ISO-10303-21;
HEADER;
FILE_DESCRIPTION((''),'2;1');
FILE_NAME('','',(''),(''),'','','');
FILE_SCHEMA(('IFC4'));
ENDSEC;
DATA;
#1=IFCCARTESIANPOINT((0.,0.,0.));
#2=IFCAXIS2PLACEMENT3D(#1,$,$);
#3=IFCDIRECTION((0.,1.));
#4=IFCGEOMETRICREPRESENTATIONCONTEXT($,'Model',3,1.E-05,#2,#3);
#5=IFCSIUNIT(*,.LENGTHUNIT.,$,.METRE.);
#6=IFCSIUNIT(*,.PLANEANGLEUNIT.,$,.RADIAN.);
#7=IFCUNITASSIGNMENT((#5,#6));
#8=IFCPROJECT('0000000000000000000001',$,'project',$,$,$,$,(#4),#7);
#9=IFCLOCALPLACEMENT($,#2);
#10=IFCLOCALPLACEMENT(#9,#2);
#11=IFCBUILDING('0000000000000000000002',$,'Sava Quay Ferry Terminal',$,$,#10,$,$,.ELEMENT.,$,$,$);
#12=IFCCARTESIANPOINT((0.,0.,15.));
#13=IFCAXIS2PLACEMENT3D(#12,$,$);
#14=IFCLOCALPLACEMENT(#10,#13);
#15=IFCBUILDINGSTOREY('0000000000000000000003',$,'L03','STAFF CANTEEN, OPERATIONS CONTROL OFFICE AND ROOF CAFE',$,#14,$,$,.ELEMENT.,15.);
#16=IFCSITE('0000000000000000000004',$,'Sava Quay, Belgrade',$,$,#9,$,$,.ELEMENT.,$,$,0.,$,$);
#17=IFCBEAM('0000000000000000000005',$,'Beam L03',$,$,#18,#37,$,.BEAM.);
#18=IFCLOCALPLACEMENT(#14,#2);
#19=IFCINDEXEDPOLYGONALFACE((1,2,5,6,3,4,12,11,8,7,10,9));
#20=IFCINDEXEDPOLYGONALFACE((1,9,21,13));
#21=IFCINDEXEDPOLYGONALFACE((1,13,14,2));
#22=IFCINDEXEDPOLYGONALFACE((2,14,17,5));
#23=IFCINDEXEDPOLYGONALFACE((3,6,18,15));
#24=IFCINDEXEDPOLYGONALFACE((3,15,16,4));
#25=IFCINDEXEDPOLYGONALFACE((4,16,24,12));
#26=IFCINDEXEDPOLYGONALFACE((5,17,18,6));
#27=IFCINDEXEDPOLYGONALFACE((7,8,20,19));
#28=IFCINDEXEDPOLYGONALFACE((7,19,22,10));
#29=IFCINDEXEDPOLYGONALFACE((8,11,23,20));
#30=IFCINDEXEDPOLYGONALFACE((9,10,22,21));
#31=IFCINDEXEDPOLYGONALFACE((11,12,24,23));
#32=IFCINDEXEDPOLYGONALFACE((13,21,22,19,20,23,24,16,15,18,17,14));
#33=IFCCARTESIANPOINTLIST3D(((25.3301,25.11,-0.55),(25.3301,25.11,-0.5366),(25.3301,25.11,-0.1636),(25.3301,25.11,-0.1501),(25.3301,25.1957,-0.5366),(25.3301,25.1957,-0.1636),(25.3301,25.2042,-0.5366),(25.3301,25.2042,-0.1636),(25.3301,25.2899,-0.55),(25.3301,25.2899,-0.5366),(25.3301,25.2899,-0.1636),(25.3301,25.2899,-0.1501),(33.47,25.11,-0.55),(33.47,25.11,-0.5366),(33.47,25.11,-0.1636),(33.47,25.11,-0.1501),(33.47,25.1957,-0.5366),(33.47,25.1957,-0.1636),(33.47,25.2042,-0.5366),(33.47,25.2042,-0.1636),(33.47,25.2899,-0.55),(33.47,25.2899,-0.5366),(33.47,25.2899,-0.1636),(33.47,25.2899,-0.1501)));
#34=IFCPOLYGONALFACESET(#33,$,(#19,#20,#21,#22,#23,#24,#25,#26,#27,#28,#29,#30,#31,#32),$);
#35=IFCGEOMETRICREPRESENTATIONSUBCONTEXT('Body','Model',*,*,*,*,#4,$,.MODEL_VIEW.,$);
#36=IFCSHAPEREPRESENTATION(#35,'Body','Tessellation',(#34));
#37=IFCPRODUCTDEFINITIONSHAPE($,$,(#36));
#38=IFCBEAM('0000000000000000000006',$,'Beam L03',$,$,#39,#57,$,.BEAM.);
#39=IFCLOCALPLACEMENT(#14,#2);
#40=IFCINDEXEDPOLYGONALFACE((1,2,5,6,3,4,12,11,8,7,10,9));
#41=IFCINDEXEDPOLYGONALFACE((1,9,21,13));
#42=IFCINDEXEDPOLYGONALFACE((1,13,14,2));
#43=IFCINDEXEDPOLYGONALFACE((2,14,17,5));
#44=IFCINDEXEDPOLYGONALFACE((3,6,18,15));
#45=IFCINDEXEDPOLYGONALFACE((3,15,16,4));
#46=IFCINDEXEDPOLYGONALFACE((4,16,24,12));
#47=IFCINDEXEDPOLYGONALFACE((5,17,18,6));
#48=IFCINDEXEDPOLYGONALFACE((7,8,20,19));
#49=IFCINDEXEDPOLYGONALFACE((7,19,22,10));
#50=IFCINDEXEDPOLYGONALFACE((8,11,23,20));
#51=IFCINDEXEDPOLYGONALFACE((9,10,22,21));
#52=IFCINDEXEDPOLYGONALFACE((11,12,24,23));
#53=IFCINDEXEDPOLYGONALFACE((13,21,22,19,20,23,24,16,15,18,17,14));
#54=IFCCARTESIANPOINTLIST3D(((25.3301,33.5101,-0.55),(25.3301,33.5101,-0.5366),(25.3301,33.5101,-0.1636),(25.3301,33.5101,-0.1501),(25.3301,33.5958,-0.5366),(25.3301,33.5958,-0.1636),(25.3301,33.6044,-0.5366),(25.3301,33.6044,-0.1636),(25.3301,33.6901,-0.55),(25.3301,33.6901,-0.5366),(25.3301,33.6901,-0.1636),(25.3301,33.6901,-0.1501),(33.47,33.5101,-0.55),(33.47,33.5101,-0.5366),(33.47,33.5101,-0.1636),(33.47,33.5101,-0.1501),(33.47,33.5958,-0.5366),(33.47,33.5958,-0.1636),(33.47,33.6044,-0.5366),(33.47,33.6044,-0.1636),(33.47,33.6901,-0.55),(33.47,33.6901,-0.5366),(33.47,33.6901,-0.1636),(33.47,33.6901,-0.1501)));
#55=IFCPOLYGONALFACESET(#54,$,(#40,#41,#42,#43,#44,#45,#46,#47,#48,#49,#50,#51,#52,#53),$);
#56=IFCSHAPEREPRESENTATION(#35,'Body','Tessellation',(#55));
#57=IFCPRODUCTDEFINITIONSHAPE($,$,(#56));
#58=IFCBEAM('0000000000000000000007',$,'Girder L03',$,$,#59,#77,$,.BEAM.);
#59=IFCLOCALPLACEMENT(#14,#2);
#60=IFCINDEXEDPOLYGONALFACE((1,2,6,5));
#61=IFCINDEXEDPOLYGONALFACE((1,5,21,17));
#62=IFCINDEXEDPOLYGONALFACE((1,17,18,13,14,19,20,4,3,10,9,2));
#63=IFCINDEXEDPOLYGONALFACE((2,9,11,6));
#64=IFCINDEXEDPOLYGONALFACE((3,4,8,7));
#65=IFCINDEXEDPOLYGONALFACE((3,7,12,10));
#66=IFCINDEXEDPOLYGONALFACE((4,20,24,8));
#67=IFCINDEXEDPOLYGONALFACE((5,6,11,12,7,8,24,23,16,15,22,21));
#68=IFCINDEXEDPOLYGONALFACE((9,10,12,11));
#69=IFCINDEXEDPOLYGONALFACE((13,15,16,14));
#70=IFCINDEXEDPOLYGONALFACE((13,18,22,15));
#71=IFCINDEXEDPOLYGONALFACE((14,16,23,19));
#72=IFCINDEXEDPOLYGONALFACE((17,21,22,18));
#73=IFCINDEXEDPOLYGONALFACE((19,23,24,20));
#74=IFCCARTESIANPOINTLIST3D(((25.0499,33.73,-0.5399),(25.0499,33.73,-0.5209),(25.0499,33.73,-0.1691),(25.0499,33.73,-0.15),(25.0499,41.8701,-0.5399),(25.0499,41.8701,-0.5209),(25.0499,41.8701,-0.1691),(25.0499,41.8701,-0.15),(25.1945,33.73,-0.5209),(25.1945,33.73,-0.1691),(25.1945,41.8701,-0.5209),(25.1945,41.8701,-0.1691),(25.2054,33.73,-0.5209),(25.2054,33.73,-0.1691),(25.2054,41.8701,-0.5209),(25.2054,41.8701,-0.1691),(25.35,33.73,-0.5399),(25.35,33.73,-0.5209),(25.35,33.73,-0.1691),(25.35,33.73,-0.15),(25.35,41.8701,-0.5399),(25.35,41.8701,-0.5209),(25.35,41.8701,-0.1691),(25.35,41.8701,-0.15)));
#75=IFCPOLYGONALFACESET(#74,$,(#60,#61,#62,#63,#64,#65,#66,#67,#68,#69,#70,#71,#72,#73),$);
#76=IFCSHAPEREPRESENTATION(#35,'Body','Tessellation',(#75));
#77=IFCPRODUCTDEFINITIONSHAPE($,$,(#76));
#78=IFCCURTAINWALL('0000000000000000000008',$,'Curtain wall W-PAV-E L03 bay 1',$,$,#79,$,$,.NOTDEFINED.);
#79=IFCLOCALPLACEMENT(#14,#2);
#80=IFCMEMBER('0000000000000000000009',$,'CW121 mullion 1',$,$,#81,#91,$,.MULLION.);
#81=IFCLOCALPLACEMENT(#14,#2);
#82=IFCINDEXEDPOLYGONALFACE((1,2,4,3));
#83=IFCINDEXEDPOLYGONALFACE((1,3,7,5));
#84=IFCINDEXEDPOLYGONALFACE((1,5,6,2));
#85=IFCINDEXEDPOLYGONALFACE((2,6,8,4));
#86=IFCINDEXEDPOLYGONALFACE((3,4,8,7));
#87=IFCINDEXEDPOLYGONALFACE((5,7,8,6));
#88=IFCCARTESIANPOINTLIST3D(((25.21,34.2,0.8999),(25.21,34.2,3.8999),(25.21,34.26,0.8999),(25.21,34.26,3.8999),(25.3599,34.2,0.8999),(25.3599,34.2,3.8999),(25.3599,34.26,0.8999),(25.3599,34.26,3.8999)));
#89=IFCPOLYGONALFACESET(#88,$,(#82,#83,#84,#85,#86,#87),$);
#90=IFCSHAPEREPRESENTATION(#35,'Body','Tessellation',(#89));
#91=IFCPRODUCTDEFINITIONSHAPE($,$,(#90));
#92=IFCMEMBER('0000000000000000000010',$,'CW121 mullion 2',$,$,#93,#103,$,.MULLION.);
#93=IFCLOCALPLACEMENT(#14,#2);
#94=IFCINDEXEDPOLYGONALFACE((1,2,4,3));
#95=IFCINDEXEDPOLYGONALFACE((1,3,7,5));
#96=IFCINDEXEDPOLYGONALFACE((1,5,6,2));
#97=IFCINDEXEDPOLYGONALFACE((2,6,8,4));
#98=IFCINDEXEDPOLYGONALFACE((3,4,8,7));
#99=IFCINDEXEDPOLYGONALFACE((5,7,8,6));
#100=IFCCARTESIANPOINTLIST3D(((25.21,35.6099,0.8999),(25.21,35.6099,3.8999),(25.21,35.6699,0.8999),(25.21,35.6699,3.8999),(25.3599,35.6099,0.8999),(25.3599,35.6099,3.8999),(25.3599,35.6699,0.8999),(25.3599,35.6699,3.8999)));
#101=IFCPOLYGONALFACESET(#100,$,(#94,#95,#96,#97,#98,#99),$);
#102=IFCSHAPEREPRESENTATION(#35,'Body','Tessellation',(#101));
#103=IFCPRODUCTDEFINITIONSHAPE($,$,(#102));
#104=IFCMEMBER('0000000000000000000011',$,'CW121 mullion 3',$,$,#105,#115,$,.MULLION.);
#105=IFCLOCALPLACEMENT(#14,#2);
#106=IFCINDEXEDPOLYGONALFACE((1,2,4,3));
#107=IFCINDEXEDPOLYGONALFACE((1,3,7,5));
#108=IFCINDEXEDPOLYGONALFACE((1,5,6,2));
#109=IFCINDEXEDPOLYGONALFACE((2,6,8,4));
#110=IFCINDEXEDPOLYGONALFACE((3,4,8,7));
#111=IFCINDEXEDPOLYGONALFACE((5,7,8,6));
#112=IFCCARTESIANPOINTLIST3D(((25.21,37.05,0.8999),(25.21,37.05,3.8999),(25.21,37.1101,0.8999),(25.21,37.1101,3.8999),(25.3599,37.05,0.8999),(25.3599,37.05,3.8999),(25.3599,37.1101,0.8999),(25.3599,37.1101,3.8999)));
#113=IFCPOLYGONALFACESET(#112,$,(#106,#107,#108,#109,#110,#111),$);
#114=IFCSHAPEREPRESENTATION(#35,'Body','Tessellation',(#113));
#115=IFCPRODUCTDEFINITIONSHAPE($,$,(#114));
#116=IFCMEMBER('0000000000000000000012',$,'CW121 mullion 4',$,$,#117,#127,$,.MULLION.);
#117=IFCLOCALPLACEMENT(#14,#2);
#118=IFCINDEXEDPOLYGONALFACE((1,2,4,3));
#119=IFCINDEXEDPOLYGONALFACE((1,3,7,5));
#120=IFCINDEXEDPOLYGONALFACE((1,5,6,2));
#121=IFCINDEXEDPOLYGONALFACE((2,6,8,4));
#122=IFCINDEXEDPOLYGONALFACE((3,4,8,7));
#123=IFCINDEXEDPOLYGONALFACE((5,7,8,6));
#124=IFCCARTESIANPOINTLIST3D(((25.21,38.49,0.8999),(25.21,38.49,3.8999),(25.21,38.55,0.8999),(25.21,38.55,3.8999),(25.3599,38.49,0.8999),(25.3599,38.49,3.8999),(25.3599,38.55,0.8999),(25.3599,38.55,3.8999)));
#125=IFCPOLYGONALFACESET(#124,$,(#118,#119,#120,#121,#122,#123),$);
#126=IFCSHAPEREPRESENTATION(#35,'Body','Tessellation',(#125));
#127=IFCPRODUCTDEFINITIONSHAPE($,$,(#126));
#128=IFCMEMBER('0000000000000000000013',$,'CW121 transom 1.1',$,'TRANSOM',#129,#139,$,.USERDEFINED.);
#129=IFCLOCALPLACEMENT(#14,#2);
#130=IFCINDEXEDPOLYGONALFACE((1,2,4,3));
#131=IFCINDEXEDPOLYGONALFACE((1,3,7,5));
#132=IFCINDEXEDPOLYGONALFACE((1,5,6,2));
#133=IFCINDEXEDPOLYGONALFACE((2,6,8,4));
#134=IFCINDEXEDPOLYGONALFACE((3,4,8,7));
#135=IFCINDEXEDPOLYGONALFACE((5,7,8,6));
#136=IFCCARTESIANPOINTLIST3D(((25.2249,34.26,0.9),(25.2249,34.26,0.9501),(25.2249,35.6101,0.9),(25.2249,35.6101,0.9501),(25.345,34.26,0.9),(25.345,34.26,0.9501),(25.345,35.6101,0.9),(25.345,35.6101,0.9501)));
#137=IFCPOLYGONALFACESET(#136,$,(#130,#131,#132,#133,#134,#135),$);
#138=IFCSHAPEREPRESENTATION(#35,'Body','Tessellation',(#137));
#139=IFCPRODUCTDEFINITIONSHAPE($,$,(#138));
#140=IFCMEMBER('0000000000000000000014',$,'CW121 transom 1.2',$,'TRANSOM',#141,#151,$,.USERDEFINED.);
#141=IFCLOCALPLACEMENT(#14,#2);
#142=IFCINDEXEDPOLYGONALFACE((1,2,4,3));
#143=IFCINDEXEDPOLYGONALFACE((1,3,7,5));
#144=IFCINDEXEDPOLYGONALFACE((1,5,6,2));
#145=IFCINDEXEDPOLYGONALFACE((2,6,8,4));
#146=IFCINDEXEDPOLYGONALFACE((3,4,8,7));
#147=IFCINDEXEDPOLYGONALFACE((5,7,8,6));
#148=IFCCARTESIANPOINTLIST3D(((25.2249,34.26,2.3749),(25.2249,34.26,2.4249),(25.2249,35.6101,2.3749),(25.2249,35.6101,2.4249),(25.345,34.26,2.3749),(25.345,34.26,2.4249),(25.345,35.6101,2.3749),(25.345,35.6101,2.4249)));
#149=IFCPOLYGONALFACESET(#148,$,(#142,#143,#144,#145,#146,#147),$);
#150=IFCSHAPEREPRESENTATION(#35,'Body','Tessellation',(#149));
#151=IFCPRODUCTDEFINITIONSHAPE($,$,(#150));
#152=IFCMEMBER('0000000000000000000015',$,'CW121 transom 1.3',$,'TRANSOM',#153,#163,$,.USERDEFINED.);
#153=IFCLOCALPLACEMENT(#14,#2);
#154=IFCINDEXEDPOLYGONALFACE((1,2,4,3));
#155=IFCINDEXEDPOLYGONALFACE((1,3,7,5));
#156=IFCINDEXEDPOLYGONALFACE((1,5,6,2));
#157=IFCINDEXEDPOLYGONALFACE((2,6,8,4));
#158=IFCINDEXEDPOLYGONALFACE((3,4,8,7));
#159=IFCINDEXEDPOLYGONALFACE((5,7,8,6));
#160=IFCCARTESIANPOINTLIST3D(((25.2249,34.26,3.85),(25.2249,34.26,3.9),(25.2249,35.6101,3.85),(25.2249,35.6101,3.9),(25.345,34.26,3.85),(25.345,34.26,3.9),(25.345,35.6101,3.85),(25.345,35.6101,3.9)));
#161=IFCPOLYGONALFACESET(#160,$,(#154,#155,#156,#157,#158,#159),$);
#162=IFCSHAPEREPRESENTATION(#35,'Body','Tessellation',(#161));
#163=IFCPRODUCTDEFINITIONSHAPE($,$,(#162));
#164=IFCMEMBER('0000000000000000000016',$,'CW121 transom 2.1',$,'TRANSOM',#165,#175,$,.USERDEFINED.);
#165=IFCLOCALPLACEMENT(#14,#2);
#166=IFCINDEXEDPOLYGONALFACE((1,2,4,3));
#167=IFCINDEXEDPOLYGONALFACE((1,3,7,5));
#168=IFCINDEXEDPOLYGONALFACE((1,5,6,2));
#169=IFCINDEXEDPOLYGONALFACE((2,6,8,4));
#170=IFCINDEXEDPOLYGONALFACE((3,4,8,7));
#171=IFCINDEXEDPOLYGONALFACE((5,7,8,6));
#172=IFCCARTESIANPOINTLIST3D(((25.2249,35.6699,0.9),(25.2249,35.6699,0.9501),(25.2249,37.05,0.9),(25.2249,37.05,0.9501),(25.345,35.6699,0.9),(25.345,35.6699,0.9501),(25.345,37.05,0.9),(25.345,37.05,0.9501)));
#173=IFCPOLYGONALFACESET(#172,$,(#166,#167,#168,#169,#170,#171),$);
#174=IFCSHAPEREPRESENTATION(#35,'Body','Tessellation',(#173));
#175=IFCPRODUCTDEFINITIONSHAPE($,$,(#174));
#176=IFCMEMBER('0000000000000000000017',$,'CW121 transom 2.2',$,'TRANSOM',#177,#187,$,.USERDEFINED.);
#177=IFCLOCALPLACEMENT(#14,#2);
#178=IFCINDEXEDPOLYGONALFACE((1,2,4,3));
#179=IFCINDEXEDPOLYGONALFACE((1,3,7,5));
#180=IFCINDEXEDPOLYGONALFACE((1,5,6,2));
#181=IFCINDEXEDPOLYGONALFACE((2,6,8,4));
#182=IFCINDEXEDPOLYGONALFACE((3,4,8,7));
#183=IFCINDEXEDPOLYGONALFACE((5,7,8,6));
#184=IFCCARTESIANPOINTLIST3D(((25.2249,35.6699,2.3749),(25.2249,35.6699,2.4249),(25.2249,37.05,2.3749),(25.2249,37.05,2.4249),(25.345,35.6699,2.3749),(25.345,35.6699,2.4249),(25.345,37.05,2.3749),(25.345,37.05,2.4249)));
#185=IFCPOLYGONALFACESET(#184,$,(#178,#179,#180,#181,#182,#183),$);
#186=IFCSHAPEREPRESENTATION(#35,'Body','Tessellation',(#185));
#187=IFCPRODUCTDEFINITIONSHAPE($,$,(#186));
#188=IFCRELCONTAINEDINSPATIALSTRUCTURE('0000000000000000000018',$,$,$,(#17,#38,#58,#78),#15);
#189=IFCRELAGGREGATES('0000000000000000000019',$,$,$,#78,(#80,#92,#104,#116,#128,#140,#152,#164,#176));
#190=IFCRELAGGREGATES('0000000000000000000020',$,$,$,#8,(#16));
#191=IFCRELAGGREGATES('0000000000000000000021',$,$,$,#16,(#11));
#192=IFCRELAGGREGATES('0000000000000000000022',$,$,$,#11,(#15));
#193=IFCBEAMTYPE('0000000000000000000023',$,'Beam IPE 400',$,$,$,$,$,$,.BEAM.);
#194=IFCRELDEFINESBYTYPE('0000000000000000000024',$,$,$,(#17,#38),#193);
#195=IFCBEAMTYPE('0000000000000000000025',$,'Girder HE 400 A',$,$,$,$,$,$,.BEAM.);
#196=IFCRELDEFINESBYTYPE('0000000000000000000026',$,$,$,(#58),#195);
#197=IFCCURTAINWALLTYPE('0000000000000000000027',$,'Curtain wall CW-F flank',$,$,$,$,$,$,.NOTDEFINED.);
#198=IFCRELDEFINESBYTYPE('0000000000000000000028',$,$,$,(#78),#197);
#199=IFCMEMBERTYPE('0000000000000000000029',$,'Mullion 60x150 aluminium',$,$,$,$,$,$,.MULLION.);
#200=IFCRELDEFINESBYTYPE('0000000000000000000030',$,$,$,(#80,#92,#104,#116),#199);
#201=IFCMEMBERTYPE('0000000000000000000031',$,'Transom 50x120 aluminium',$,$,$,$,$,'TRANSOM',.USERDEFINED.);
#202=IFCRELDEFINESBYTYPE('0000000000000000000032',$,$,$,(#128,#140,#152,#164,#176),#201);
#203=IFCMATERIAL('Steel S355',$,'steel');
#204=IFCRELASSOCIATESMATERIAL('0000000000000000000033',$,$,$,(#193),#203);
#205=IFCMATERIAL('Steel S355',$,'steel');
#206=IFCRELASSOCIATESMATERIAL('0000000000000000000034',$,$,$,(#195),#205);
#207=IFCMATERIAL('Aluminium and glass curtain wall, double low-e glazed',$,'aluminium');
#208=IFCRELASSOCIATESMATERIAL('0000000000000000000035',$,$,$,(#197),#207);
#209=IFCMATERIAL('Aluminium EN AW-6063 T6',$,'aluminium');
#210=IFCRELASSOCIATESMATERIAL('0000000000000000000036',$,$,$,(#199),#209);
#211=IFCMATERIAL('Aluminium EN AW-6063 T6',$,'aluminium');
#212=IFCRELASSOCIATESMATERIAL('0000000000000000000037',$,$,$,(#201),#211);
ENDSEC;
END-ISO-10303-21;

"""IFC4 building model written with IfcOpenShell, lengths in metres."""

from ifc_helpers import new_model, si_unit, direction, frame, origin, origin_2d, place, context, subcontext, project, spatial, rectangle, i_section, extrude, material, material_profile, profile_set, type_object, element, aggregate, save


model = new_model("IFC4")

# Units and contexts
model_context = context("Model", 3, precision=1e-05, world=origin(), true_north=direction((0.0, 1.0)))
body_context = subcontext(model_context, "Body", "Model", "MODEL_VIEW")
ifc_project = project(units=[si_unit("LENGTHUNIT", "METRE"), si_unit("PLANEANGLEUNIT", "RADIAN")], contexts=[model_context])

# Site, building, storey
site_placement = place(None, origin())
site = spatial("IfcSite", under=ifc_project, at=site_placement, Name="Sava Quay, Belgrade", CompositionType="ELEMENT", RefElevation=0.0)
building_placement = place(site_placement, origin())
building = spatial("IfcBuilding", under=site, at=building_placement, Name="Sava Quay Ferry Terminal", CompositionType="ELEMENT")
storey_placement = place(building_placement, frame((0.0, 0.0, 15.0)))
storey = spatial("IfcBuildingStorey", under=building, at=storey_placement, Name="L03", Description="STAFF CANTEEN, OPERATIONS CONTROL OFFICE AND ROOF CAFE", CompositionType="ELEMENT", Elevation=15.0)

# Beams
ifc_material_1 = material(Name="Steel S355", Category="steel")
ifc_material_profile_1 = material_profile(ifc_material_1, i_section(OverallWidth=0.1799, OverallDepth=0.3999, WebThickness=0.0085, FlangeThickness=0.0134, at=origin_2d()), Name="IPE 400")
ifc_profile_set_1 = profile_set([ifc_material_profile_1], Name="Steel S355")
beam_type_1 = type_object("IfcBeamType", Name="Beam IPE 400", PredefinedType="BEAM", material=ifc_profile_set_1)
for number, where, z_axis, x_axis, name in (
    (1, (25.3301, 25.2, -0.3501), (1.0, 0.0, 0.0), (0.0, 1.0, 0.0), "Beam L03"),
    (2, (25.3301, 33.6001, -0.3501), (1.0, 0.0, 0.0), (0.0, 1.0, 0.0), "Beam L03"),
):
    element("IfcBeam", number, at=place(storey_placement, frame(where, z_axis=z_axis, x_axis=x_axis)), inside=storey, type_object=beam_type_1, Name=name, PredefinedType="BEAM", context=body_context, shape_type="SweptSolid", body=[
        extrude(i_section(OverallWidth=0.1799, OverallDepth=0.3999, WebThickness=0.0085, FlangeThickness=0.0134, at=origin_2d()), origin(), (0.0, 0.0, 1.0), 8.1399),
    ])
ifc_material_2 = material(Name="Steel S355", Category="steel")
ifc_material_profile_2 = material_profile(ifc_material_2, i_section(OverallWidth=0.3, OverallDepth=0.3899, WebThickness=0.011, FlangeThickness=0.019, at=origin_2d()), Name="HE 400 A")
ifc_profile_set_2 = profile_set([ifc_material_profile_2], Name="Steel S355")
beam_type_2 = type_object("IfcBeamType", Name="Girder HE 400 A", PredefinedType="BEAM", material=ifc_profile_set_2)
beam_placement = place(storey_placement, frame((25.2, 33.73, -0.345), z_axis=(0.0, 1.0, 0.0), x_axis=(-1.0, 0.0, 0.0)))
element("IfcBeam", 3, at=beam_placement, inside=storey, type_object=beam_type_2, Name="Girder L03", PredefinedType="BEAM", context=body_context, shape_type="SweptSolid", body=[
    extrude(i_section(OverallWidth=0.3, OverallDepth=0.3899, WebThickness=0.011, FlangeThickness=0.019, at=origin_2d()), origin(), (0.0, 0.0, 1.0), 8.1401),
])

# Curtain wall, members
ifc_material_3 = material(Name="Aluminium and glass curtain wall, double low-e glazed", Category="aluminium")
curtain_wall_type = type_object("IfcCurtainWallType", Name="Curtain wall CW-F flank", PredefinedType="NOTDEFINED", material=ifc_material_3)
curtain_wall_placement = place(storey_placement, origin())
curtain_wall = element("IfcCurtainWall", 4, at=curtain_wall_placement, inside=storey, type_object=curtain_wall_type, Name="Curtain wall W-PAV-E L03 bay 1", PredefinedType="NOTDEFINED")
ifc_material_4 = material(Name="Aluminium EN AW-6063 T6", Category="aluminium")
ifc_material_profile_3 = material_profile(ifc_material_4, rectangle(XDim=0.1499, YDim=0.0601, at=origin_2d()), Name="Mullion 60x150 aluminium")
ifc_profile_set_3 = profile_set([ifc_material_profile_3], Name="Aluminium EN AW-6063 T6")
member_type_1 = type_object("IfcMemberType", Name="Mullion 60x150 aluminium", PredefinedType="MULLION", material=ifc_profile_set_3)
member_1_placement = place(storey_placement, frame((25.2849, 34.23, 0.8999), z_axis=(0.0, 0.0, 1.0), x_axis=(-1.0, 0.0, 0.0)))
member_1 = element("IfcMember", 5, at=member_1_placement, type_object=member_type_1, Name="CW121 mullion 1", PredefinedType="MULLION", context=body_context, shape_type="SweptSolid", body=[
    extrude(rectangle(XDim=0.1499, YDim=0.0601, at=origin_2d()), origin(), (0.0, 0.0, 1.0), 3.0),
])
member_2_placement = place(storey_placement, frame((25.2849, 35.6399, 0.8999), z_axis=(0.0, 0.0, 1.0), x_axis=(-1.0, 0.0, 0.0)))
member_2 = element("IfcMember", 6, at=member_2_placement, type_object=member_type_1, Name="CW121 mullion 2", PredefinedType="MULLION", context=body_context, shape_type="SweptSolid", body=[
    extrude(rectangle(XDim=0.1499, YDim=0.0601, at=origin_2d()), origin(), (0.0, 0.0, 1.0), 3.0),
])
member_3_placement = place(storey_placement, frame((25.2849, 37.0801, 0.8999), z_axis=(0.0, 0.0, 1.0), x_axis=(-1.0, 0.0, 0.0)))
member_3 = element("IfcMember", 7, at=member_3_placement, type_object=member_type_1, Name="CW121 mullion 3", PredefinedType="MULLION", context=body_context, shape_type="SweptSolid", body=[
    extrude(rectangle(XDim=0.1499, YDim=0.0601, at=origin_2d()), origin(), (0.0, 0.0, 1.0), 3.0),
])
member_4_placement = place(storey_placement, frame((25.2849, 38.52, 0.8999), z_axis=(0.0, 0.0, 1.0), x_axis=(-1.0, 0.0, 0.0)))
member_4 = element("IfcMember", 8, at=member_4_placement, type_object=member_type_1, Name="CW121 mullion 4", PredefinedType="MULLION", context=body_context, shape_type="SweptSolid", body=[
    extrude(rectangle(XDim=0.1499, YDim=0.0601, at=origin_2d()), origin(), (0.0, 0.0, 1.0), 3.0),
])
ifc_material_5 = material(Name="Aluminium EN AW-6063 T6", Category="aluminium")
ifc_material_profile_4 = material_profile(ifc_material_5, rectangle(XDim=0.1201, YDim=0.05, at=origin_2d()), Name="Transom 50x120 aluminium")
ifc_profile_set_4 = profile_set([ifc_material_profile_4], Name="Aluminium EN AW-6063 T6")
member_type_2 = type_object("IfcMemberType", Name="Transom 50x120 aluminium", ElementType="TRANSOM", PredefinedType="USERDEFINED", material=ifc_profile_set_4)
member_5_placement = place(storey_placement, frame((25.2849, 34.26, 0.925), z_axis=(0.0, 1.0, 0.0), x_axis=(-1.0, 0.0, 0.0)))
member_5 = element("IfcMember", 9, at=member_5_placement, type_object=member_type_2, Name="CW121 transom 1.1", ObjectType="TRANSOM", PredefinedType="USERDEFINED", context=body_context, shape_type="SweptSolid", body=[
    extrude(rectangle(XDim=0.1201, YDim=0.05, at=origin_2d()), origin(), (0.0, 0.0, 1.0), 1.3501),
])
member_6_placement = place(storey_placement, frame((25.2849, 34.26, 2.3999), z_axis=(0.0, 1.0, 0.0), x_axis=(-1.0, 0.0, 0.0)))
member_6 = element("IfcMember", 10, at=member_6_placement, type_object=member_type_2, Name="CW121 transom 1.2", ObjectType="TRANSOM", PredefinedType="USERDEFINED", context=body_context, shape_type="SweptSolid", body=[
    extrude(rectangle(XDim=0.1201, YDim=0.05, at=origin_2d()), origin(), (0.0, 0.0, 1.0), 1.3501),
])
member_7_placement = place(storey_placement, frame((25.2849, 34.26, 3.875), z_axis=(0.0, 1.0, 0.0), x_axis=(-1.0, 0.0, 0.0)))
member_7 = element("IfcMember", 11, at=member_7_placement, type_object=member_type_2, Name="CW121 transom 1.3", ObjectType="TRANSOM", PredefinedType="USERDEFINED", context=body_context, shape_type="SweptSolid", body=[
    extrude(rectangle(XDim=0.1201, YDim=0.05, at=origin_2d()), origin(), (0.0, 0.0, 1.0), 1.3501),
])
member_8_placement = place(storey_placement, frame((25.2849, 35.6699, 0.925), z_axis=(0.0, 1.0, 0.0), x_axis=(-1.0, 0.0, 0.0)))
member_8 = element("IfcMember", 12, at=member_8_placement, type_object=member_type_2, Name="CW121 transom 2.1", ObjectType="TRANSOM", PredefinedType="USERDEFINED", context=body_context, shape_type="SweptSolid", body=[
    extrude(rectangle(XDim=0.1201, YDim=0.05, at=origin_2d()), origin(), (0.0, 0.0, 1.0), 1.3801),
])
member_9_placement = place(storey_placement, frame((25.2849, 35.6699, 2.3999), z_axis=(0.0, 1.0, 0.0), x_axis=(-1.0, 0.0, 0.0)))
member_9 = element("IfcMember", 13, at=member_9_placement, type_object=member_type_2, Name="CW121 transom 2.2", ObjectType="TRANSOM", PredefinedType="USERDEFINED", context=body_context, shape_type="SweptSolid", body=[
    extrude(rectangle(XDim=0.1201, YDim=0.05, at=origin_2d()), origin(), (0.0, 0.0, 1.0), 1.3801),
])
aggregate(curtain_wall, [member_1, member_2, member_3, member_4, member_5, member_6, member_7, member_8, member_9])

save(model, "model.ifc")
